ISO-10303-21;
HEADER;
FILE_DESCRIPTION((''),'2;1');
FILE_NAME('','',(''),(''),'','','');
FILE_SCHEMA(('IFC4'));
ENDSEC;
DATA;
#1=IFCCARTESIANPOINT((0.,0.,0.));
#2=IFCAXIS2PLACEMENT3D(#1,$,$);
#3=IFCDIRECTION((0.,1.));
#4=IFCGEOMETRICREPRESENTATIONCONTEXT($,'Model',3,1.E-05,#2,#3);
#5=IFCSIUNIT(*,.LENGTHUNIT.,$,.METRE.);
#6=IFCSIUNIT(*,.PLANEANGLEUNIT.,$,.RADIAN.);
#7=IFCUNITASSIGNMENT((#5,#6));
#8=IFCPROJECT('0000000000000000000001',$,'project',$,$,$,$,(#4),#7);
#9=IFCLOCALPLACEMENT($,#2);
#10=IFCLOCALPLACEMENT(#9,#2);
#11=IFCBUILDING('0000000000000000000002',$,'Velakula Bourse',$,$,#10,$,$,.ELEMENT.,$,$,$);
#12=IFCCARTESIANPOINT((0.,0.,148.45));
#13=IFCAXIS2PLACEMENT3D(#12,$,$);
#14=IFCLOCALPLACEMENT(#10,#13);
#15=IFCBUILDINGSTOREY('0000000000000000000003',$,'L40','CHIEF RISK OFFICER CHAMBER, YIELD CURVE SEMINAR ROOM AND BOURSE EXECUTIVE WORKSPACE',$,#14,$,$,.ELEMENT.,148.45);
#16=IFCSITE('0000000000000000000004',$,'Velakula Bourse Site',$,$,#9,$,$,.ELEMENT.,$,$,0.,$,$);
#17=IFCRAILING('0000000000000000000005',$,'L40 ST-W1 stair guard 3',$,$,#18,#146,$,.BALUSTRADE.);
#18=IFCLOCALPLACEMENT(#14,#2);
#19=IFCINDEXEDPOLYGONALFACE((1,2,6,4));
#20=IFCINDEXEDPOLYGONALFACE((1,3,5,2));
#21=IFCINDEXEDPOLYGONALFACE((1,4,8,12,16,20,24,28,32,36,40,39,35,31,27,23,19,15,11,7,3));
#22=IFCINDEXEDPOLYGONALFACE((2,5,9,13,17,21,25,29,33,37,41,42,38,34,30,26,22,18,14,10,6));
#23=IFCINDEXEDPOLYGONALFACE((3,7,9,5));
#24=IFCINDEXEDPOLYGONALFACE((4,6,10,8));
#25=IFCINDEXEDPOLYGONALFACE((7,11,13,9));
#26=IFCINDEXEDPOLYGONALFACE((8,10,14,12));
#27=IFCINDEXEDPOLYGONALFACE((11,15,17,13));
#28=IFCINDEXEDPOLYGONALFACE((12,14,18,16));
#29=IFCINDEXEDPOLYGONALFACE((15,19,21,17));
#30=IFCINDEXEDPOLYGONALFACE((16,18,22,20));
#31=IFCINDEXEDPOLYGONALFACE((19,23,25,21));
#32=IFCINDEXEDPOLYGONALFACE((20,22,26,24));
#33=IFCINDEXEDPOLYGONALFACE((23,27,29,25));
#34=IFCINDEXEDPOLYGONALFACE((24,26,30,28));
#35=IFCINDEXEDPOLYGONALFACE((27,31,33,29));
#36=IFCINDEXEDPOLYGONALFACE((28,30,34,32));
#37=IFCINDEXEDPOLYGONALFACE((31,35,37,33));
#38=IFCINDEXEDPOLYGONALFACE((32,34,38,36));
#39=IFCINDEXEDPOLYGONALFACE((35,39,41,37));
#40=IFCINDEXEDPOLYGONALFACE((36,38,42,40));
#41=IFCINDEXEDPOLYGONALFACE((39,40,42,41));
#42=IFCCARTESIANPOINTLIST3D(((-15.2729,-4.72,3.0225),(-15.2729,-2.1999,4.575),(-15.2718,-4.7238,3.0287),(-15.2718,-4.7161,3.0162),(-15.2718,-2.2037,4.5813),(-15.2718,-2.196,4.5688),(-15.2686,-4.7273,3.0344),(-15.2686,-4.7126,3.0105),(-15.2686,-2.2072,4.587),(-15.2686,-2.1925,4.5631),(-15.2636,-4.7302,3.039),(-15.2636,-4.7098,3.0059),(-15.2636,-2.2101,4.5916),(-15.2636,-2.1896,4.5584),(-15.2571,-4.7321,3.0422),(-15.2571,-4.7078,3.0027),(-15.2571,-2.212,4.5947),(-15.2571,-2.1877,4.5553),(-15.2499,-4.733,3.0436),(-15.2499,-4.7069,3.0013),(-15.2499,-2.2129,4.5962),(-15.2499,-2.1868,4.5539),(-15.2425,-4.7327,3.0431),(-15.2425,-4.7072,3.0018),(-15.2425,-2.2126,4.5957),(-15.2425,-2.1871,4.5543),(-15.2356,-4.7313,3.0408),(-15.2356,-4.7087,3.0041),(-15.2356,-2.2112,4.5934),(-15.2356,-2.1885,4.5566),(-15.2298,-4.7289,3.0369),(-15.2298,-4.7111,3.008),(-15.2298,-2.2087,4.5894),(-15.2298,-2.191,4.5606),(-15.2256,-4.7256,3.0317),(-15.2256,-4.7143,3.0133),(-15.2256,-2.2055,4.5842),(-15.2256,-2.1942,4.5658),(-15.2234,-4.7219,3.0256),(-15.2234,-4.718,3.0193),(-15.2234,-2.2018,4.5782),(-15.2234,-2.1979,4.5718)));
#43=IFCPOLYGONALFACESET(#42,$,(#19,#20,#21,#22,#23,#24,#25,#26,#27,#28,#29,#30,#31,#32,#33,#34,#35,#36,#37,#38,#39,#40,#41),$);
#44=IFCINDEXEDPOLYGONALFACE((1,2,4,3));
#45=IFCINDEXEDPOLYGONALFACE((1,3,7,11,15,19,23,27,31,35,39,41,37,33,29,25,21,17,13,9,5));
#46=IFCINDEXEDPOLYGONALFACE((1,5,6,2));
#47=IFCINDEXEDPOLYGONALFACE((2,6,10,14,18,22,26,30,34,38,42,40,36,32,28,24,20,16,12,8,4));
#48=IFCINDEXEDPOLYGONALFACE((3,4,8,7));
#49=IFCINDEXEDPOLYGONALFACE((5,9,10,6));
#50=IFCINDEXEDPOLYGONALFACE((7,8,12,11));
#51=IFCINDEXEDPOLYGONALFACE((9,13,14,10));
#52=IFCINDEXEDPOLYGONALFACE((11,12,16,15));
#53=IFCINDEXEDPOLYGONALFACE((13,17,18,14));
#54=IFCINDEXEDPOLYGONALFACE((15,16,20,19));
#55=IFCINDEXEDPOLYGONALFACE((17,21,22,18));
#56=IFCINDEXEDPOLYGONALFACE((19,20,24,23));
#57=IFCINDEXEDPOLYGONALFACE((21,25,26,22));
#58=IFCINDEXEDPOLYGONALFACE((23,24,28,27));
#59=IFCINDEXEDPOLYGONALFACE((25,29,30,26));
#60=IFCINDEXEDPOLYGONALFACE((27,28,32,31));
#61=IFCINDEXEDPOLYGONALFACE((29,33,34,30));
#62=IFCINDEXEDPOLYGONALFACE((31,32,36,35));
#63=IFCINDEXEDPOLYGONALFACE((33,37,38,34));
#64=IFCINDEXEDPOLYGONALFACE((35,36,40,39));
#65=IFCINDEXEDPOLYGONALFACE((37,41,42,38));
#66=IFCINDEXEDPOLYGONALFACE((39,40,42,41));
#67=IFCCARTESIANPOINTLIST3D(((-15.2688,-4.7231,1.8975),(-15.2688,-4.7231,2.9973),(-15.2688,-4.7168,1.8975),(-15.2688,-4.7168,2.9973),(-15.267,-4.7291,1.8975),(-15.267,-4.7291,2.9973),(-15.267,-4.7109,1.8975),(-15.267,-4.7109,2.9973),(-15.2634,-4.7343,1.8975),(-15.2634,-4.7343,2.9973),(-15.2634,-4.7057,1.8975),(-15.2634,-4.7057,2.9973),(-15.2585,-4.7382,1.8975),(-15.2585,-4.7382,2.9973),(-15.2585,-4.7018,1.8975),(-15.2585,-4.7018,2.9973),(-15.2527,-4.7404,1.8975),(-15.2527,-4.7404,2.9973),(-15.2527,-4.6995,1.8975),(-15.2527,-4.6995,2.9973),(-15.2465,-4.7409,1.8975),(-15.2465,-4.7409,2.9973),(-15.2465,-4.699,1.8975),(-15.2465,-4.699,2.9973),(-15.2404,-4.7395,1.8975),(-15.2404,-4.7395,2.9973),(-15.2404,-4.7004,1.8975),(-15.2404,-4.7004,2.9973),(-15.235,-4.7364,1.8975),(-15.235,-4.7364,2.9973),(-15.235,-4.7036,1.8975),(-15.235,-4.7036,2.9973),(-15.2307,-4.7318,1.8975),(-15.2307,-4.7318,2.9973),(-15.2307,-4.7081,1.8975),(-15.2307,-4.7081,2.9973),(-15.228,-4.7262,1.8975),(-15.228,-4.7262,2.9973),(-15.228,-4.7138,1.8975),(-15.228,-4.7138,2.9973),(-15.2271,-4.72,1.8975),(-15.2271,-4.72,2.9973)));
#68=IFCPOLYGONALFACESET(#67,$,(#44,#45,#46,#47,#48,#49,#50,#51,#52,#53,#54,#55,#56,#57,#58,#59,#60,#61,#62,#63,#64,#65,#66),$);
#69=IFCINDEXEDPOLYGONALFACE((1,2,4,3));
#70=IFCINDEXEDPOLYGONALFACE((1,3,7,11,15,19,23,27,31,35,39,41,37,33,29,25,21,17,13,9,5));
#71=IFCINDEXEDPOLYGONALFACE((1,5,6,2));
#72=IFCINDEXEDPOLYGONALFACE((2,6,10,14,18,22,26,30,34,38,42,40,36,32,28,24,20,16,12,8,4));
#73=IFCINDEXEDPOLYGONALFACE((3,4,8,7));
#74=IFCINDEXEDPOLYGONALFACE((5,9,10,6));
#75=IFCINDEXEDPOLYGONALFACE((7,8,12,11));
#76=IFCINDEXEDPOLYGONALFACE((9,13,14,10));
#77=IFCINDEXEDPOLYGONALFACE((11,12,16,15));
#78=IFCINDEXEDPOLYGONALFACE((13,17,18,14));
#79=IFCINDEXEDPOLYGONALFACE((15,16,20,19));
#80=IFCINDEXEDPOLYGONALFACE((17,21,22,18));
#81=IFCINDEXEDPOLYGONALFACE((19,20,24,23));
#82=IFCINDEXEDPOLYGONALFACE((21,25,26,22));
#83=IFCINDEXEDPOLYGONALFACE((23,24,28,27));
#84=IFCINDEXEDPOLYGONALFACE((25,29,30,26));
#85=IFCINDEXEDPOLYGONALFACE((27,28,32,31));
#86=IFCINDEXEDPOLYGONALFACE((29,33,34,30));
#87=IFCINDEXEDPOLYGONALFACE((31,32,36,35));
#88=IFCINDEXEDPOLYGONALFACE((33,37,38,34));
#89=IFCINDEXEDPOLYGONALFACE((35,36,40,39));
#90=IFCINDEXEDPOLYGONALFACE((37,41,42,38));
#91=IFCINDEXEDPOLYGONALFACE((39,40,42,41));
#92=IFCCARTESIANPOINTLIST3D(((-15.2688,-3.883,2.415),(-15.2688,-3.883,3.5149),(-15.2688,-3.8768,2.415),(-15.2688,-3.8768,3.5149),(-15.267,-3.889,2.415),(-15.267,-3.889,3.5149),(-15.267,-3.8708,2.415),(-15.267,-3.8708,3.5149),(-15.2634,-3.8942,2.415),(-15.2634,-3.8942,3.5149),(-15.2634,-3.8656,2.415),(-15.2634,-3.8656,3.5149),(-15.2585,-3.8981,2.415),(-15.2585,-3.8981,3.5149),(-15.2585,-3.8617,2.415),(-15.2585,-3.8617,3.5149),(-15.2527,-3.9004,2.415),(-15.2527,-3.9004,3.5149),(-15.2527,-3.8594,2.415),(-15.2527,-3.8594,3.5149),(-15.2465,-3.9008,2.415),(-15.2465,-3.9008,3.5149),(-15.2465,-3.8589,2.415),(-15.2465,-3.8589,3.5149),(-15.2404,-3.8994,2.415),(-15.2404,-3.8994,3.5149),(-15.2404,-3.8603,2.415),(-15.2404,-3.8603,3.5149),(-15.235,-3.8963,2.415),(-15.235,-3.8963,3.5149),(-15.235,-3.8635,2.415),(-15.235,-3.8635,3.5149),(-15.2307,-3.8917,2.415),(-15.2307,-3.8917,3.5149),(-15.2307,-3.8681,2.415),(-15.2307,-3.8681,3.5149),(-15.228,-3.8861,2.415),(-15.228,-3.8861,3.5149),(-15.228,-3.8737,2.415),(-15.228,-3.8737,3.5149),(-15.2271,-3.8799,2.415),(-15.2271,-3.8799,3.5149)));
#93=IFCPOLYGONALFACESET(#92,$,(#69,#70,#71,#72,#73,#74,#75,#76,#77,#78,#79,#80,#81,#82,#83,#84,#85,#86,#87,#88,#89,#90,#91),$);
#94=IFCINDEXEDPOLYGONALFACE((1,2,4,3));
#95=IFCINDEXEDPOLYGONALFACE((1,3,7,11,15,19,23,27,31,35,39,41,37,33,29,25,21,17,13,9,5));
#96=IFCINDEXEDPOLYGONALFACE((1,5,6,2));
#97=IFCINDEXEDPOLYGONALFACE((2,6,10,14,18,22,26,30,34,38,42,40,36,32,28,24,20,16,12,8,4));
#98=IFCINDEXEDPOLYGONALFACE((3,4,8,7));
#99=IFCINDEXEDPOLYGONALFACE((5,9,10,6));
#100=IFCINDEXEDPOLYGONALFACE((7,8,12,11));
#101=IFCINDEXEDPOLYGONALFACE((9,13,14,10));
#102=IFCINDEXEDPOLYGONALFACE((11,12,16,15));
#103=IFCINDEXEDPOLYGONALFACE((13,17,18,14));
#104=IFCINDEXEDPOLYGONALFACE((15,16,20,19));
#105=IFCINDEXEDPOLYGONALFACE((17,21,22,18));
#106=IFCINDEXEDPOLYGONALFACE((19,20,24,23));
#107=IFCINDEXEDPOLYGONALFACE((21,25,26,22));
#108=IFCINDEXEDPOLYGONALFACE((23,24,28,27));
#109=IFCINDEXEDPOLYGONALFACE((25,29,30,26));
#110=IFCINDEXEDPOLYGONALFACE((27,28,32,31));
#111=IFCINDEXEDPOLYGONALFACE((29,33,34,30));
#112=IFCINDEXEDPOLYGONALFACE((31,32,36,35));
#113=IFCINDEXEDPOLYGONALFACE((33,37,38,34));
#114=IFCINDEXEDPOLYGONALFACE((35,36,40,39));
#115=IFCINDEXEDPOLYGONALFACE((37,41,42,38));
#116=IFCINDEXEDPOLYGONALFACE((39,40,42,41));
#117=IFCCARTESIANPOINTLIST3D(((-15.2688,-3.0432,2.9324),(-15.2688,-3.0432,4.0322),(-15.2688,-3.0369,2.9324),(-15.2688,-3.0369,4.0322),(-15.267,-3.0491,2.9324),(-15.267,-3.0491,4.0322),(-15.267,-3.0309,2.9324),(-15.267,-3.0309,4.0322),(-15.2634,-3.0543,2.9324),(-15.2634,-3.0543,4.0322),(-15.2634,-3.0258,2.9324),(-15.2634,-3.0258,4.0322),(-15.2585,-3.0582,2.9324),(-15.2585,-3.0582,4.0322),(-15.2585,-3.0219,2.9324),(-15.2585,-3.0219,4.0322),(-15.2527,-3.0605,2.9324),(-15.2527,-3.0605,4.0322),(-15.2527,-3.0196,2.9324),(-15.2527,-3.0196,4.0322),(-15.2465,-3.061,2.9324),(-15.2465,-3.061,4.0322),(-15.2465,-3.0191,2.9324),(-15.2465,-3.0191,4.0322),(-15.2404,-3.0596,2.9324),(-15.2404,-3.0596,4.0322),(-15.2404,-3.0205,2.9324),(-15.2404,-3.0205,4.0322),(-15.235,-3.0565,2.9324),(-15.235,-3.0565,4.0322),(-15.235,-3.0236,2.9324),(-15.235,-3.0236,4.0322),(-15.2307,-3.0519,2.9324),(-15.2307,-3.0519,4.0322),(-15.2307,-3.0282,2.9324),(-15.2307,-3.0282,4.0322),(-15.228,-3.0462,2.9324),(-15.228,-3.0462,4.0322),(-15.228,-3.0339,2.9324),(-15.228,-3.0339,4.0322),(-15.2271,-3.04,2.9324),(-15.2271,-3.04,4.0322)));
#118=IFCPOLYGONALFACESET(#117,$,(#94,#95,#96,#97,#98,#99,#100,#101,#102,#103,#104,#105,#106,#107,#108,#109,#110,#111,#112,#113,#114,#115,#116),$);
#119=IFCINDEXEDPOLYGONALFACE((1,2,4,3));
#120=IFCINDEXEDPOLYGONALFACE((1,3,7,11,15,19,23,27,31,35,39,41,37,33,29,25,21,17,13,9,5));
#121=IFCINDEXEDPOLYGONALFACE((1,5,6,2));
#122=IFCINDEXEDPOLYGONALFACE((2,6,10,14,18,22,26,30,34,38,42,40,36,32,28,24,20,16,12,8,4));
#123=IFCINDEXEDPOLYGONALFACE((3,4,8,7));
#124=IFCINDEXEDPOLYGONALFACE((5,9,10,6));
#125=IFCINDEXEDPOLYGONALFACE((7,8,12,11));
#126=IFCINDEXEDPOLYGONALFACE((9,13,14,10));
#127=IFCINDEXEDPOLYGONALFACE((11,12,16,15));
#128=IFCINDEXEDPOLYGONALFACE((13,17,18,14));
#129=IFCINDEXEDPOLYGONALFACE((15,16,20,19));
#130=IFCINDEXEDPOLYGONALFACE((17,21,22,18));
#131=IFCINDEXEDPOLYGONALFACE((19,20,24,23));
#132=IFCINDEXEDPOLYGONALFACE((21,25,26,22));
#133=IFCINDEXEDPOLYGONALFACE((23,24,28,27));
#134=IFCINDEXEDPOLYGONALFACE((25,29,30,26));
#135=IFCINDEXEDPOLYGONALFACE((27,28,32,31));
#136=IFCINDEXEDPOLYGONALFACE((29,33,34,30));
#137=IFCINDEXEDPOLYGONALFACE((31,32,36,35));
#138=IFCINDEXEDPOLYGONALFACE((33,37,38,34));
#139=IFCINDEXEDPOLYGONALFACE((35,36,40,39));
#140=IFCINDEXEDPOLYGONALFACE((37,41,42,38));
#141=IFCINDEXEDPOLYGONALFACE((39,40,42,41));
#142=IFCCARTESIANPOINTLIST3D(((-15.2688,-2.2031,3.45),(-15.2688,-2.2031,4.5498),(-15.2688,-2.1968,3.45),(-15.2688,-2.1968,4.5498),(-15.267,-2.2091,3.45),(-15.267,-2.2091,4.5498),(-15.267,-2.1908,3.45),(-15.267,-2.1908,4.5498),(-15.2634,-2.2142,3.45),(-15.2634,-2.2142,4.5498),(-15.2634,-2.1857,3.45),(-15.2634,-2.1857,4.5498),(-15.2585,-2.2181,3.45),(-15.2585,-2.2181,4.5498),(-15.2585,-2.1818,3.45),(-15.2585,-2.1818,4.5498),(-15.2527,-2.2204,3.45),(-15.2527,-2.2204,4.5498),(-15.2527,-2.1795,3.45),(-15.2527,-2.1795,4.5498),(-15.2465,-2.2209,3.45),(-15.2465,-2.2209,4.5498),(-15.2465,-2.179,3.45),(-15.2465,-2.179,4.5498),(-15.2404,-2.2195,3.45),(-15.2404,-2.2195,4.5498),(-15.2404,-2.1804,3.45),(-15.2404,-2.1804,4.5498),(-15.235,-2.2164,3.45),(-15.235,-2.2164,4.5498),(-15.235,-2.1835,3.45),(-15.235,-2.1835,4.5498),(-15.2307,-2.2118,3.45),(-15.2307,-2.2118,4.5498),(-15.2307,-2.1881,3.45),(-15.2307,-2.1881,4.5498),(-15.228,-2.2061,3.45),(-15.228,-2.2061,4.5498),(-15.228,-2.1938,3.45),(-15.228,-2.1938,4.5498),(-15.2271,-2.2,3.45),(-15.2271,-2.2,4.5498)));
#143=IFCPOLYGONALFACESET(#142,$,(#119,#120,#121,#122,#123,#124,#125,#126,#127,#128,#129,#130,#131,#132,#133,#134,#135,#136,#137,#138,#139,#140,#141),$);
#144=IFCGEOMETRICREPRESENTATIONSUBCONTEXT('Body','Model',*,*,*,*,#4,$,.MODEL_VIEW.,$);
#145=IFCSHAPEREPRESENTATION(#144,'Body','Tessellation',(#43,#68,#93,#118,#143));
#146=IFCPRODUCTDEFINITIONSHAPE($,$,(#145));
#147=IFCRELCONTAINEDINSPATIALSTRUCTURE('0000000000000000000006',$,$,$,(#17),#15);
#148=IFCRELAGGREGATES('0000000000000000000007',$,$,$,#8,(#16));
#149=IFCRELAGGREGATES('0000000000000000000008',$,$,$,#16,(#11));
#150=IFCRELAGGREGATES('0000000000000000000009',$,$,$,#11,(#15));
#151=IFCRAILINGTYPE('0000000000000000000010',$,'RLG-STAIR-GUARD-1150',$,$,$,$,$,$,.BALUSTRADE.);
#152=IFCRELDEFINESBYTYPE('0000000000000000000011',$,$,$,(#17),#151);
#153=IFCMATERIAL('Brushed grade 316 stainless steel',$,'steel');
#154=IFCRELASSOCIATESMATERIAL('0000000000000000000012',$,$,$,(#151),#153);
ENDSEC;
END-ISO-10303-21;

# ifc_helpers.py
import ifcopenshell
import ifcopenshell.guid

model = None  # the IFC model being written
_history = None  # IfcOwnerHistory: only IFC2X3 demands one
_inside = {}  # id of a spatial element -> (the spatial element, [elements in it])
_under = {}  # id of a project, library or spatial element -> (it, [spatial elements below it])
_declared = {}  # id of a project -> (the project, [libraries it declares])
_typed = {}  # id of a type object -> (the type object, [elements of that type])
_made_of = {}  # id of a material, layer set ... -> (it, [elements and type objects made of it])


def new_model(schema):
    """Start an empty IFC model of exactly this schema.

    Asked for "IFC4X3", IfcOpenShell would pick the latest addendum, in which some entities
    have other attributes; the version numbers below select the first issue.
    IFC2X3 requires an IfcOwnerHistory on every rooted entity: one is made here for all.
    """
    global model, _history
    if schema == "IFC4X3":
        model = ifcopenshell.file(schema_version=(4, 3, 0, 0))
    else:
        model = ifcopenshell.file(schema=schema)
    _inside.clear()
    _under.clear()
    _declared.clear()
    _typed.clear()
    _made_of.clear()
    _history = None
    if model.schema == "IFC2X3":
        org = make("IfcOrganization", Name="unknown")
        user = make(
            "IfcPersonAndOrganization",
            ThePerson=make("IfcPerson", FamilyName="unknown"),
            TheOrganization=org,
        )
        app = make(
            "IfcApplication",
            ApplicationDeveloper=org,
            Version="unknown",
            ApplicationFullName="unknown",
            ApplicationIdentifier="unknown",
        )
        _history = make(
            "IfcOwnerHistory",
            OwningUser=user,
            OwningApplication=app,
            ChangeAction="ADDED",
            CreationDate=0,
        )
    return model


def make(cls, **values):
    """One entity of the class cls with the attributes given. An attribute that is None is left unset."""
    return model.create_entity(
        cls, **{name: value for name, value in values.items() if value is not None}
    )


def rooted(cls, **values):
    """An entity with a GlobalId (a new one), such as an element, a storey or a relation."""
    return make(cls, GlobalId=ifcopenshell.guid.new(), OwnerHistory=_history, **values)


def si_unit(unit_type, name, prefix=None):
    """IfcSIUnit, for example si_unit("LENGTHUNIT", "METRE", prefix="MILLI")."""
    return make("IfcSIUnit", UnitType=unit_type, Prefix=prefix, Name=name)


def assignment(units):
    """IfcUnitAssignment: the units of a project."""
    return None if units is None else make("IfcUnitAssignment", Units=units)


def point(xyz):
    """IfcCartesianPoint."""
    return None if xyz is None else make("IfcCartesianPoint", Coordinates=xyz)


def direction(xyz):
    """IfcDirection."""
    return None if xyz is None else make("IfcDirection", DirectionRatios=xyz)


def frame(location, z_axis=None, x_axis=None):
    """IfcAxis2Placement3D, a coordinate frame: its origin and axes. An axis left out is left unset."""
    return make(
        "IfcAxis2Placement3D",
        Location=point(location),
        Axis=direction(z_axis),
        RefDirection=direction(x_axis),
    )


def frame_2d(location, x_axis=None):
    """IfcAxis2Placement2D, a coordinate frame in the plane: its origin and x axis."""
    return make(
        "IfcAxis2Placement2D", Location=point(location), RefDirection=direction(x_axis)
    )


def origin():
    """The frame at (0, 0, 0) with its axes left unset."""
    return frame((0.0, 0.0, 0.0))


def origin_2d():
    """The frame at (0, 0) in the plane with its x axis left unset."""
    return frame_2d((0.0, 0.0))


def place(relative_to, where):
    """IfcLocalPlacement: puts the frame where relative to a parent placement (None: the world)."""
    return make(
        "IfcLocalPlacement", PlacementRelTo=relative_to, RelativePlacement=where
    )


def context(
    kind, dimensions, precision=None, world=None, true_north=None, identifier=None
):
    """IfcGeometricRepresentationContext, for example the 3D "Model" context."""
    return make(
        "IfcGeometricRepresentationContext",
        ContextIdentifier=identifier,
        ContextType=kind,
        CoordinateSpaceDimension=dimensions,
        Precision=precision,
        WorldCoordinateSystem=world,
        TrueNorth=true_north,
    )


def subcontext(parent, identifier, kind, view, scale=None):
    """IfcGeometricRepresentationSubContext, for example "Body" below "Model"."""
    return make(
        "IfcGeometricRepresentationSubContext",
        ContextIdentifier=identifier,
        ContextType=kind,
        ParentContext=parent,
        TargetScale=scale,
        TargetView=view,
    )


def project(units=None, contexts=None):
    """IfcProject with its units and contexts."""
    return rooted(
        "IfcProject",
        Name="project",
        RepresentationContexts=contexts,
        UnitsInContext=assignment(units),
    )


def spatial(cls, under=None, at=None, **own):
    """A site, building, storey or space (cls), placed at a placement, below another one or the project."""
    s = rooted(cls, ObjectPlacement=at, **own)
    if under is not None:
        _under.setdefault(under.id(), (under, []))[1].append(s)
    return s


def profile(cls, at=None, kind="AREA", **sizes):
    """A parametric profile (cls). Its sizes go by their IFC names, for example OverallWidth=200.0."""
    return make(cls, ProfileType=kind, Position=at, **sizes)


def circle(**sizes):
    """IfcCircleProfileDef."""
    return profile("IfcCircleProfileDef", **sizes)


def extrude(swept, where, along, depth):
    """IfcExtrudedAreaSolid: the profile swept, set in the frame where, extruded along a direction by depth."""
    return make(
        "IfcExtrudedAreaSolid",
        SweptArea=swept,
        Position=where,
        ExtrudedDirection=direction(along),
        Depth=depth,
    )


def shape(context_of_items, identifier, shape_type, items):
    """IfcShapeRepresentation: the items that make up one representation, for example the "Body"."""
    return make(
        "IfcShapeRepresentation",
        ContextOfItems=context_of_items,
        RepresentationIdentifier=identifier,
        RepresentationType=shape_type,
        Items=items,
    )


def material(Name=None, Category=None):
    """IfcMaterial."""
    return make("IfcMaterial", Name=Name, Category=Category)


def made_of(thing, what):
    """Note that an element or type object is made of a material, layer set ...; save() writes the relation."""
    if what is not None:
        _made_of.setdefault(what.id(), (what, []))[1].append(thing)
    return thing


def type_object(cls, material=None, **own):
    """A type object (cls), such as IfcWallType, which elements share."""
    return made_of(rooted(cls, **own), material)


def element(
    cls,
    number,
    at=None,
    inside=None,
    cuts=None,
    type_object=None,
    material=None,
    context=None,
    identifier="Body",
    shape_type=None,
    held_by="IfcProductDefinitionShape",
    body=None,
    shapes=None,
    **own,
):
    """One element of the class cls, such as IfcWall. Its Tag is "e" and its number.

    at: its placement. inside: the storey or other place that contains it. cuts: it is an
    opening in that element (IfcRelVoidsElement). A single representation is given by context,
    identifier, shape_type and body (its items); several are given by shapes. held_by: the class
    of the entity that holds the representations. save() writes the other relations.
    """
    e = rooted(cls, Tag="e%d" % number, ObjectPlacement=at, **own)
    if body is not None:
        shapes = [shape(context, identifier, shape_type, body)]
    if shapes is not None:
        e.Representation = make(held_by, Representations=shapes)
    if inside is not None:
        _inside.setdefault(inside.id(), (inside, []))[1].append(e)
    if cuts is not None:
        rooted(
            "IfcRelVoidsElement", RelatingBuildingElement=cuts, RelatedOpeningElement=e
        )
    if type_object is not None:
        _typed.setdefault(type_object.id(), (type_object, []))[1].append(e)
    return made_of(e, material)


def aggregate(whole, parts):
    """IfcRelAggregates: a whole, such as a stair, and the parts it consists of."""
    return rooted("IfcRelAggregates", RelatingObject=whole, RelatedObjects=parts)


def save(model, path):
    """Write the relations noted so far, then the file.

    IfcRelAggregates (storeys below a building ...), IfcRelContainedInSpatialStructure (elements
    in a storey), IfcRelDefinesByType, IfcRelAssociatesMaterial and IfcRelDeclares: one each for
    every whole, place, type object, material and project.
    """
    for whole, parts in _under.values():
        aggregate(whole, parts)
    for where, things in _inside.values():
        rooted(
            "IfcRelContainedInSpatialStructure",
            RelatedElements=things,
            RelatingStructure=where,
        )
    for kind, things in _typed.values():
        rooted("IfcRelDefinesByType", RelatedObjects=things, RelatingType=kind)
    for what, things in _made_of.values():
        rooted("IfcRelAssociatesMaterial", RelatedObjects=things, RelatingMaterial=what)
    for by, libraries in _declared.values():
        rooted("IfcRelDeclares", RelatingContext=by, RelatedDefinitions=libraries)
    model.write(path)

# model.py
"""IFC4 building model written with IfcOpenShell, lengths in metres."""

from ifc_helpers import new_model, si_unit, direction, frame, origin, origin_2d, place, context, subcontext, project, spatial, circle, extrude, material, type_object, element, save


model = new_model("IFC4")

# Units and contexts
model_context = context("Model", 3, precision=1e-05, world=origin(), true_north=direction((0.0, 1.0)))
body_context = subcontext(model_context, "Body", "Model", "MODEL_VIEW")
ifc_project = project(units=[si_unit("LENGTHUNIT", "METRE"), si_unit("PLANEANGLEUNIT", "RADIAN")], contexts=[model_context])

# Site, building, storey
site_placement = place(None, origin())
site = spatial("IfcSite", under=ifc_project, at=site_placement, Name="Velakula Bourse Site", CompositionType="ELEMENT", RefElevation=0.0)
building_placement = place(site_placement, origin())
building = spatial("IfcBuilding", under=site, at=building_placement, Name="Velakula Bourse", CompositionType="ELEMENT")
storey_placement = place(building_placement, frame((0.0, 0.0, 148.45)))
storey = spatial("IfcBuildingStorey", under=building, at=storey_placement, Name="L40", Description="CHIEF RISK OFFICER CHAMBER, YIELD CURVE SEMINAR ROOM AND BOURSE EXECUTIVE WORKSPACE", CompositionType="ELEMENT", Elevation=148.45)

# Shared definitions
ifc_material_1 = material(Name="Brushed grade 316 stainless steel", Category="steel")

# Railing
railing_type_1 = type_object("IfcRailingType", Name="RLG-STAIR-GUARD-1150", PredefinedType="BALUSTRADE", material=ifc_material_1)
railing_1_placement = place(storey_placement, frame((-15.248, -4.72, 1.8975)))
element("IfcRailing", 1, at=railing_1_placement, inside=storey, type_object=railing_type_1, Name="L40 ST-W1 stair guard 3", PredefinedType="BALUSTRADE", context=body_context, shape_type="SweptSolid", body=[
    extrude(circle(Radius=0.0249, at=origin_2d()), frame((0.0, 0.0, 1.125), z_axis=(0.0, 0.8514, 0.524516), x_axis=(-1.0, 0.0, 0.0)), (0.0, 0.0, 1.0), 2.96),
    extrude(circle(Radius=0.021, at=origin_2d()), origin(), (0.0, 0.0, 1.0), 1.0999),
    extrude(circle(Radius=0.021, at=origin_2d()), frame((0.0, 0.8401, 0.5176)), (0.0, 0.0, 1.0), 1.0999),
    extrude(circle(Radius=0.021, at=origin_2d()), frame((0.0, 1.6799, 1.0349)), (0.0, 0.0, 1.0), 1.0999),
    extrude(circle(Radius=0.021, at=origin_2d()), frame((0.0, 2.52, 1.5525)), (0.0, 0.0, 1.0), 1.0999),
])

save(model, "model.ifc")
